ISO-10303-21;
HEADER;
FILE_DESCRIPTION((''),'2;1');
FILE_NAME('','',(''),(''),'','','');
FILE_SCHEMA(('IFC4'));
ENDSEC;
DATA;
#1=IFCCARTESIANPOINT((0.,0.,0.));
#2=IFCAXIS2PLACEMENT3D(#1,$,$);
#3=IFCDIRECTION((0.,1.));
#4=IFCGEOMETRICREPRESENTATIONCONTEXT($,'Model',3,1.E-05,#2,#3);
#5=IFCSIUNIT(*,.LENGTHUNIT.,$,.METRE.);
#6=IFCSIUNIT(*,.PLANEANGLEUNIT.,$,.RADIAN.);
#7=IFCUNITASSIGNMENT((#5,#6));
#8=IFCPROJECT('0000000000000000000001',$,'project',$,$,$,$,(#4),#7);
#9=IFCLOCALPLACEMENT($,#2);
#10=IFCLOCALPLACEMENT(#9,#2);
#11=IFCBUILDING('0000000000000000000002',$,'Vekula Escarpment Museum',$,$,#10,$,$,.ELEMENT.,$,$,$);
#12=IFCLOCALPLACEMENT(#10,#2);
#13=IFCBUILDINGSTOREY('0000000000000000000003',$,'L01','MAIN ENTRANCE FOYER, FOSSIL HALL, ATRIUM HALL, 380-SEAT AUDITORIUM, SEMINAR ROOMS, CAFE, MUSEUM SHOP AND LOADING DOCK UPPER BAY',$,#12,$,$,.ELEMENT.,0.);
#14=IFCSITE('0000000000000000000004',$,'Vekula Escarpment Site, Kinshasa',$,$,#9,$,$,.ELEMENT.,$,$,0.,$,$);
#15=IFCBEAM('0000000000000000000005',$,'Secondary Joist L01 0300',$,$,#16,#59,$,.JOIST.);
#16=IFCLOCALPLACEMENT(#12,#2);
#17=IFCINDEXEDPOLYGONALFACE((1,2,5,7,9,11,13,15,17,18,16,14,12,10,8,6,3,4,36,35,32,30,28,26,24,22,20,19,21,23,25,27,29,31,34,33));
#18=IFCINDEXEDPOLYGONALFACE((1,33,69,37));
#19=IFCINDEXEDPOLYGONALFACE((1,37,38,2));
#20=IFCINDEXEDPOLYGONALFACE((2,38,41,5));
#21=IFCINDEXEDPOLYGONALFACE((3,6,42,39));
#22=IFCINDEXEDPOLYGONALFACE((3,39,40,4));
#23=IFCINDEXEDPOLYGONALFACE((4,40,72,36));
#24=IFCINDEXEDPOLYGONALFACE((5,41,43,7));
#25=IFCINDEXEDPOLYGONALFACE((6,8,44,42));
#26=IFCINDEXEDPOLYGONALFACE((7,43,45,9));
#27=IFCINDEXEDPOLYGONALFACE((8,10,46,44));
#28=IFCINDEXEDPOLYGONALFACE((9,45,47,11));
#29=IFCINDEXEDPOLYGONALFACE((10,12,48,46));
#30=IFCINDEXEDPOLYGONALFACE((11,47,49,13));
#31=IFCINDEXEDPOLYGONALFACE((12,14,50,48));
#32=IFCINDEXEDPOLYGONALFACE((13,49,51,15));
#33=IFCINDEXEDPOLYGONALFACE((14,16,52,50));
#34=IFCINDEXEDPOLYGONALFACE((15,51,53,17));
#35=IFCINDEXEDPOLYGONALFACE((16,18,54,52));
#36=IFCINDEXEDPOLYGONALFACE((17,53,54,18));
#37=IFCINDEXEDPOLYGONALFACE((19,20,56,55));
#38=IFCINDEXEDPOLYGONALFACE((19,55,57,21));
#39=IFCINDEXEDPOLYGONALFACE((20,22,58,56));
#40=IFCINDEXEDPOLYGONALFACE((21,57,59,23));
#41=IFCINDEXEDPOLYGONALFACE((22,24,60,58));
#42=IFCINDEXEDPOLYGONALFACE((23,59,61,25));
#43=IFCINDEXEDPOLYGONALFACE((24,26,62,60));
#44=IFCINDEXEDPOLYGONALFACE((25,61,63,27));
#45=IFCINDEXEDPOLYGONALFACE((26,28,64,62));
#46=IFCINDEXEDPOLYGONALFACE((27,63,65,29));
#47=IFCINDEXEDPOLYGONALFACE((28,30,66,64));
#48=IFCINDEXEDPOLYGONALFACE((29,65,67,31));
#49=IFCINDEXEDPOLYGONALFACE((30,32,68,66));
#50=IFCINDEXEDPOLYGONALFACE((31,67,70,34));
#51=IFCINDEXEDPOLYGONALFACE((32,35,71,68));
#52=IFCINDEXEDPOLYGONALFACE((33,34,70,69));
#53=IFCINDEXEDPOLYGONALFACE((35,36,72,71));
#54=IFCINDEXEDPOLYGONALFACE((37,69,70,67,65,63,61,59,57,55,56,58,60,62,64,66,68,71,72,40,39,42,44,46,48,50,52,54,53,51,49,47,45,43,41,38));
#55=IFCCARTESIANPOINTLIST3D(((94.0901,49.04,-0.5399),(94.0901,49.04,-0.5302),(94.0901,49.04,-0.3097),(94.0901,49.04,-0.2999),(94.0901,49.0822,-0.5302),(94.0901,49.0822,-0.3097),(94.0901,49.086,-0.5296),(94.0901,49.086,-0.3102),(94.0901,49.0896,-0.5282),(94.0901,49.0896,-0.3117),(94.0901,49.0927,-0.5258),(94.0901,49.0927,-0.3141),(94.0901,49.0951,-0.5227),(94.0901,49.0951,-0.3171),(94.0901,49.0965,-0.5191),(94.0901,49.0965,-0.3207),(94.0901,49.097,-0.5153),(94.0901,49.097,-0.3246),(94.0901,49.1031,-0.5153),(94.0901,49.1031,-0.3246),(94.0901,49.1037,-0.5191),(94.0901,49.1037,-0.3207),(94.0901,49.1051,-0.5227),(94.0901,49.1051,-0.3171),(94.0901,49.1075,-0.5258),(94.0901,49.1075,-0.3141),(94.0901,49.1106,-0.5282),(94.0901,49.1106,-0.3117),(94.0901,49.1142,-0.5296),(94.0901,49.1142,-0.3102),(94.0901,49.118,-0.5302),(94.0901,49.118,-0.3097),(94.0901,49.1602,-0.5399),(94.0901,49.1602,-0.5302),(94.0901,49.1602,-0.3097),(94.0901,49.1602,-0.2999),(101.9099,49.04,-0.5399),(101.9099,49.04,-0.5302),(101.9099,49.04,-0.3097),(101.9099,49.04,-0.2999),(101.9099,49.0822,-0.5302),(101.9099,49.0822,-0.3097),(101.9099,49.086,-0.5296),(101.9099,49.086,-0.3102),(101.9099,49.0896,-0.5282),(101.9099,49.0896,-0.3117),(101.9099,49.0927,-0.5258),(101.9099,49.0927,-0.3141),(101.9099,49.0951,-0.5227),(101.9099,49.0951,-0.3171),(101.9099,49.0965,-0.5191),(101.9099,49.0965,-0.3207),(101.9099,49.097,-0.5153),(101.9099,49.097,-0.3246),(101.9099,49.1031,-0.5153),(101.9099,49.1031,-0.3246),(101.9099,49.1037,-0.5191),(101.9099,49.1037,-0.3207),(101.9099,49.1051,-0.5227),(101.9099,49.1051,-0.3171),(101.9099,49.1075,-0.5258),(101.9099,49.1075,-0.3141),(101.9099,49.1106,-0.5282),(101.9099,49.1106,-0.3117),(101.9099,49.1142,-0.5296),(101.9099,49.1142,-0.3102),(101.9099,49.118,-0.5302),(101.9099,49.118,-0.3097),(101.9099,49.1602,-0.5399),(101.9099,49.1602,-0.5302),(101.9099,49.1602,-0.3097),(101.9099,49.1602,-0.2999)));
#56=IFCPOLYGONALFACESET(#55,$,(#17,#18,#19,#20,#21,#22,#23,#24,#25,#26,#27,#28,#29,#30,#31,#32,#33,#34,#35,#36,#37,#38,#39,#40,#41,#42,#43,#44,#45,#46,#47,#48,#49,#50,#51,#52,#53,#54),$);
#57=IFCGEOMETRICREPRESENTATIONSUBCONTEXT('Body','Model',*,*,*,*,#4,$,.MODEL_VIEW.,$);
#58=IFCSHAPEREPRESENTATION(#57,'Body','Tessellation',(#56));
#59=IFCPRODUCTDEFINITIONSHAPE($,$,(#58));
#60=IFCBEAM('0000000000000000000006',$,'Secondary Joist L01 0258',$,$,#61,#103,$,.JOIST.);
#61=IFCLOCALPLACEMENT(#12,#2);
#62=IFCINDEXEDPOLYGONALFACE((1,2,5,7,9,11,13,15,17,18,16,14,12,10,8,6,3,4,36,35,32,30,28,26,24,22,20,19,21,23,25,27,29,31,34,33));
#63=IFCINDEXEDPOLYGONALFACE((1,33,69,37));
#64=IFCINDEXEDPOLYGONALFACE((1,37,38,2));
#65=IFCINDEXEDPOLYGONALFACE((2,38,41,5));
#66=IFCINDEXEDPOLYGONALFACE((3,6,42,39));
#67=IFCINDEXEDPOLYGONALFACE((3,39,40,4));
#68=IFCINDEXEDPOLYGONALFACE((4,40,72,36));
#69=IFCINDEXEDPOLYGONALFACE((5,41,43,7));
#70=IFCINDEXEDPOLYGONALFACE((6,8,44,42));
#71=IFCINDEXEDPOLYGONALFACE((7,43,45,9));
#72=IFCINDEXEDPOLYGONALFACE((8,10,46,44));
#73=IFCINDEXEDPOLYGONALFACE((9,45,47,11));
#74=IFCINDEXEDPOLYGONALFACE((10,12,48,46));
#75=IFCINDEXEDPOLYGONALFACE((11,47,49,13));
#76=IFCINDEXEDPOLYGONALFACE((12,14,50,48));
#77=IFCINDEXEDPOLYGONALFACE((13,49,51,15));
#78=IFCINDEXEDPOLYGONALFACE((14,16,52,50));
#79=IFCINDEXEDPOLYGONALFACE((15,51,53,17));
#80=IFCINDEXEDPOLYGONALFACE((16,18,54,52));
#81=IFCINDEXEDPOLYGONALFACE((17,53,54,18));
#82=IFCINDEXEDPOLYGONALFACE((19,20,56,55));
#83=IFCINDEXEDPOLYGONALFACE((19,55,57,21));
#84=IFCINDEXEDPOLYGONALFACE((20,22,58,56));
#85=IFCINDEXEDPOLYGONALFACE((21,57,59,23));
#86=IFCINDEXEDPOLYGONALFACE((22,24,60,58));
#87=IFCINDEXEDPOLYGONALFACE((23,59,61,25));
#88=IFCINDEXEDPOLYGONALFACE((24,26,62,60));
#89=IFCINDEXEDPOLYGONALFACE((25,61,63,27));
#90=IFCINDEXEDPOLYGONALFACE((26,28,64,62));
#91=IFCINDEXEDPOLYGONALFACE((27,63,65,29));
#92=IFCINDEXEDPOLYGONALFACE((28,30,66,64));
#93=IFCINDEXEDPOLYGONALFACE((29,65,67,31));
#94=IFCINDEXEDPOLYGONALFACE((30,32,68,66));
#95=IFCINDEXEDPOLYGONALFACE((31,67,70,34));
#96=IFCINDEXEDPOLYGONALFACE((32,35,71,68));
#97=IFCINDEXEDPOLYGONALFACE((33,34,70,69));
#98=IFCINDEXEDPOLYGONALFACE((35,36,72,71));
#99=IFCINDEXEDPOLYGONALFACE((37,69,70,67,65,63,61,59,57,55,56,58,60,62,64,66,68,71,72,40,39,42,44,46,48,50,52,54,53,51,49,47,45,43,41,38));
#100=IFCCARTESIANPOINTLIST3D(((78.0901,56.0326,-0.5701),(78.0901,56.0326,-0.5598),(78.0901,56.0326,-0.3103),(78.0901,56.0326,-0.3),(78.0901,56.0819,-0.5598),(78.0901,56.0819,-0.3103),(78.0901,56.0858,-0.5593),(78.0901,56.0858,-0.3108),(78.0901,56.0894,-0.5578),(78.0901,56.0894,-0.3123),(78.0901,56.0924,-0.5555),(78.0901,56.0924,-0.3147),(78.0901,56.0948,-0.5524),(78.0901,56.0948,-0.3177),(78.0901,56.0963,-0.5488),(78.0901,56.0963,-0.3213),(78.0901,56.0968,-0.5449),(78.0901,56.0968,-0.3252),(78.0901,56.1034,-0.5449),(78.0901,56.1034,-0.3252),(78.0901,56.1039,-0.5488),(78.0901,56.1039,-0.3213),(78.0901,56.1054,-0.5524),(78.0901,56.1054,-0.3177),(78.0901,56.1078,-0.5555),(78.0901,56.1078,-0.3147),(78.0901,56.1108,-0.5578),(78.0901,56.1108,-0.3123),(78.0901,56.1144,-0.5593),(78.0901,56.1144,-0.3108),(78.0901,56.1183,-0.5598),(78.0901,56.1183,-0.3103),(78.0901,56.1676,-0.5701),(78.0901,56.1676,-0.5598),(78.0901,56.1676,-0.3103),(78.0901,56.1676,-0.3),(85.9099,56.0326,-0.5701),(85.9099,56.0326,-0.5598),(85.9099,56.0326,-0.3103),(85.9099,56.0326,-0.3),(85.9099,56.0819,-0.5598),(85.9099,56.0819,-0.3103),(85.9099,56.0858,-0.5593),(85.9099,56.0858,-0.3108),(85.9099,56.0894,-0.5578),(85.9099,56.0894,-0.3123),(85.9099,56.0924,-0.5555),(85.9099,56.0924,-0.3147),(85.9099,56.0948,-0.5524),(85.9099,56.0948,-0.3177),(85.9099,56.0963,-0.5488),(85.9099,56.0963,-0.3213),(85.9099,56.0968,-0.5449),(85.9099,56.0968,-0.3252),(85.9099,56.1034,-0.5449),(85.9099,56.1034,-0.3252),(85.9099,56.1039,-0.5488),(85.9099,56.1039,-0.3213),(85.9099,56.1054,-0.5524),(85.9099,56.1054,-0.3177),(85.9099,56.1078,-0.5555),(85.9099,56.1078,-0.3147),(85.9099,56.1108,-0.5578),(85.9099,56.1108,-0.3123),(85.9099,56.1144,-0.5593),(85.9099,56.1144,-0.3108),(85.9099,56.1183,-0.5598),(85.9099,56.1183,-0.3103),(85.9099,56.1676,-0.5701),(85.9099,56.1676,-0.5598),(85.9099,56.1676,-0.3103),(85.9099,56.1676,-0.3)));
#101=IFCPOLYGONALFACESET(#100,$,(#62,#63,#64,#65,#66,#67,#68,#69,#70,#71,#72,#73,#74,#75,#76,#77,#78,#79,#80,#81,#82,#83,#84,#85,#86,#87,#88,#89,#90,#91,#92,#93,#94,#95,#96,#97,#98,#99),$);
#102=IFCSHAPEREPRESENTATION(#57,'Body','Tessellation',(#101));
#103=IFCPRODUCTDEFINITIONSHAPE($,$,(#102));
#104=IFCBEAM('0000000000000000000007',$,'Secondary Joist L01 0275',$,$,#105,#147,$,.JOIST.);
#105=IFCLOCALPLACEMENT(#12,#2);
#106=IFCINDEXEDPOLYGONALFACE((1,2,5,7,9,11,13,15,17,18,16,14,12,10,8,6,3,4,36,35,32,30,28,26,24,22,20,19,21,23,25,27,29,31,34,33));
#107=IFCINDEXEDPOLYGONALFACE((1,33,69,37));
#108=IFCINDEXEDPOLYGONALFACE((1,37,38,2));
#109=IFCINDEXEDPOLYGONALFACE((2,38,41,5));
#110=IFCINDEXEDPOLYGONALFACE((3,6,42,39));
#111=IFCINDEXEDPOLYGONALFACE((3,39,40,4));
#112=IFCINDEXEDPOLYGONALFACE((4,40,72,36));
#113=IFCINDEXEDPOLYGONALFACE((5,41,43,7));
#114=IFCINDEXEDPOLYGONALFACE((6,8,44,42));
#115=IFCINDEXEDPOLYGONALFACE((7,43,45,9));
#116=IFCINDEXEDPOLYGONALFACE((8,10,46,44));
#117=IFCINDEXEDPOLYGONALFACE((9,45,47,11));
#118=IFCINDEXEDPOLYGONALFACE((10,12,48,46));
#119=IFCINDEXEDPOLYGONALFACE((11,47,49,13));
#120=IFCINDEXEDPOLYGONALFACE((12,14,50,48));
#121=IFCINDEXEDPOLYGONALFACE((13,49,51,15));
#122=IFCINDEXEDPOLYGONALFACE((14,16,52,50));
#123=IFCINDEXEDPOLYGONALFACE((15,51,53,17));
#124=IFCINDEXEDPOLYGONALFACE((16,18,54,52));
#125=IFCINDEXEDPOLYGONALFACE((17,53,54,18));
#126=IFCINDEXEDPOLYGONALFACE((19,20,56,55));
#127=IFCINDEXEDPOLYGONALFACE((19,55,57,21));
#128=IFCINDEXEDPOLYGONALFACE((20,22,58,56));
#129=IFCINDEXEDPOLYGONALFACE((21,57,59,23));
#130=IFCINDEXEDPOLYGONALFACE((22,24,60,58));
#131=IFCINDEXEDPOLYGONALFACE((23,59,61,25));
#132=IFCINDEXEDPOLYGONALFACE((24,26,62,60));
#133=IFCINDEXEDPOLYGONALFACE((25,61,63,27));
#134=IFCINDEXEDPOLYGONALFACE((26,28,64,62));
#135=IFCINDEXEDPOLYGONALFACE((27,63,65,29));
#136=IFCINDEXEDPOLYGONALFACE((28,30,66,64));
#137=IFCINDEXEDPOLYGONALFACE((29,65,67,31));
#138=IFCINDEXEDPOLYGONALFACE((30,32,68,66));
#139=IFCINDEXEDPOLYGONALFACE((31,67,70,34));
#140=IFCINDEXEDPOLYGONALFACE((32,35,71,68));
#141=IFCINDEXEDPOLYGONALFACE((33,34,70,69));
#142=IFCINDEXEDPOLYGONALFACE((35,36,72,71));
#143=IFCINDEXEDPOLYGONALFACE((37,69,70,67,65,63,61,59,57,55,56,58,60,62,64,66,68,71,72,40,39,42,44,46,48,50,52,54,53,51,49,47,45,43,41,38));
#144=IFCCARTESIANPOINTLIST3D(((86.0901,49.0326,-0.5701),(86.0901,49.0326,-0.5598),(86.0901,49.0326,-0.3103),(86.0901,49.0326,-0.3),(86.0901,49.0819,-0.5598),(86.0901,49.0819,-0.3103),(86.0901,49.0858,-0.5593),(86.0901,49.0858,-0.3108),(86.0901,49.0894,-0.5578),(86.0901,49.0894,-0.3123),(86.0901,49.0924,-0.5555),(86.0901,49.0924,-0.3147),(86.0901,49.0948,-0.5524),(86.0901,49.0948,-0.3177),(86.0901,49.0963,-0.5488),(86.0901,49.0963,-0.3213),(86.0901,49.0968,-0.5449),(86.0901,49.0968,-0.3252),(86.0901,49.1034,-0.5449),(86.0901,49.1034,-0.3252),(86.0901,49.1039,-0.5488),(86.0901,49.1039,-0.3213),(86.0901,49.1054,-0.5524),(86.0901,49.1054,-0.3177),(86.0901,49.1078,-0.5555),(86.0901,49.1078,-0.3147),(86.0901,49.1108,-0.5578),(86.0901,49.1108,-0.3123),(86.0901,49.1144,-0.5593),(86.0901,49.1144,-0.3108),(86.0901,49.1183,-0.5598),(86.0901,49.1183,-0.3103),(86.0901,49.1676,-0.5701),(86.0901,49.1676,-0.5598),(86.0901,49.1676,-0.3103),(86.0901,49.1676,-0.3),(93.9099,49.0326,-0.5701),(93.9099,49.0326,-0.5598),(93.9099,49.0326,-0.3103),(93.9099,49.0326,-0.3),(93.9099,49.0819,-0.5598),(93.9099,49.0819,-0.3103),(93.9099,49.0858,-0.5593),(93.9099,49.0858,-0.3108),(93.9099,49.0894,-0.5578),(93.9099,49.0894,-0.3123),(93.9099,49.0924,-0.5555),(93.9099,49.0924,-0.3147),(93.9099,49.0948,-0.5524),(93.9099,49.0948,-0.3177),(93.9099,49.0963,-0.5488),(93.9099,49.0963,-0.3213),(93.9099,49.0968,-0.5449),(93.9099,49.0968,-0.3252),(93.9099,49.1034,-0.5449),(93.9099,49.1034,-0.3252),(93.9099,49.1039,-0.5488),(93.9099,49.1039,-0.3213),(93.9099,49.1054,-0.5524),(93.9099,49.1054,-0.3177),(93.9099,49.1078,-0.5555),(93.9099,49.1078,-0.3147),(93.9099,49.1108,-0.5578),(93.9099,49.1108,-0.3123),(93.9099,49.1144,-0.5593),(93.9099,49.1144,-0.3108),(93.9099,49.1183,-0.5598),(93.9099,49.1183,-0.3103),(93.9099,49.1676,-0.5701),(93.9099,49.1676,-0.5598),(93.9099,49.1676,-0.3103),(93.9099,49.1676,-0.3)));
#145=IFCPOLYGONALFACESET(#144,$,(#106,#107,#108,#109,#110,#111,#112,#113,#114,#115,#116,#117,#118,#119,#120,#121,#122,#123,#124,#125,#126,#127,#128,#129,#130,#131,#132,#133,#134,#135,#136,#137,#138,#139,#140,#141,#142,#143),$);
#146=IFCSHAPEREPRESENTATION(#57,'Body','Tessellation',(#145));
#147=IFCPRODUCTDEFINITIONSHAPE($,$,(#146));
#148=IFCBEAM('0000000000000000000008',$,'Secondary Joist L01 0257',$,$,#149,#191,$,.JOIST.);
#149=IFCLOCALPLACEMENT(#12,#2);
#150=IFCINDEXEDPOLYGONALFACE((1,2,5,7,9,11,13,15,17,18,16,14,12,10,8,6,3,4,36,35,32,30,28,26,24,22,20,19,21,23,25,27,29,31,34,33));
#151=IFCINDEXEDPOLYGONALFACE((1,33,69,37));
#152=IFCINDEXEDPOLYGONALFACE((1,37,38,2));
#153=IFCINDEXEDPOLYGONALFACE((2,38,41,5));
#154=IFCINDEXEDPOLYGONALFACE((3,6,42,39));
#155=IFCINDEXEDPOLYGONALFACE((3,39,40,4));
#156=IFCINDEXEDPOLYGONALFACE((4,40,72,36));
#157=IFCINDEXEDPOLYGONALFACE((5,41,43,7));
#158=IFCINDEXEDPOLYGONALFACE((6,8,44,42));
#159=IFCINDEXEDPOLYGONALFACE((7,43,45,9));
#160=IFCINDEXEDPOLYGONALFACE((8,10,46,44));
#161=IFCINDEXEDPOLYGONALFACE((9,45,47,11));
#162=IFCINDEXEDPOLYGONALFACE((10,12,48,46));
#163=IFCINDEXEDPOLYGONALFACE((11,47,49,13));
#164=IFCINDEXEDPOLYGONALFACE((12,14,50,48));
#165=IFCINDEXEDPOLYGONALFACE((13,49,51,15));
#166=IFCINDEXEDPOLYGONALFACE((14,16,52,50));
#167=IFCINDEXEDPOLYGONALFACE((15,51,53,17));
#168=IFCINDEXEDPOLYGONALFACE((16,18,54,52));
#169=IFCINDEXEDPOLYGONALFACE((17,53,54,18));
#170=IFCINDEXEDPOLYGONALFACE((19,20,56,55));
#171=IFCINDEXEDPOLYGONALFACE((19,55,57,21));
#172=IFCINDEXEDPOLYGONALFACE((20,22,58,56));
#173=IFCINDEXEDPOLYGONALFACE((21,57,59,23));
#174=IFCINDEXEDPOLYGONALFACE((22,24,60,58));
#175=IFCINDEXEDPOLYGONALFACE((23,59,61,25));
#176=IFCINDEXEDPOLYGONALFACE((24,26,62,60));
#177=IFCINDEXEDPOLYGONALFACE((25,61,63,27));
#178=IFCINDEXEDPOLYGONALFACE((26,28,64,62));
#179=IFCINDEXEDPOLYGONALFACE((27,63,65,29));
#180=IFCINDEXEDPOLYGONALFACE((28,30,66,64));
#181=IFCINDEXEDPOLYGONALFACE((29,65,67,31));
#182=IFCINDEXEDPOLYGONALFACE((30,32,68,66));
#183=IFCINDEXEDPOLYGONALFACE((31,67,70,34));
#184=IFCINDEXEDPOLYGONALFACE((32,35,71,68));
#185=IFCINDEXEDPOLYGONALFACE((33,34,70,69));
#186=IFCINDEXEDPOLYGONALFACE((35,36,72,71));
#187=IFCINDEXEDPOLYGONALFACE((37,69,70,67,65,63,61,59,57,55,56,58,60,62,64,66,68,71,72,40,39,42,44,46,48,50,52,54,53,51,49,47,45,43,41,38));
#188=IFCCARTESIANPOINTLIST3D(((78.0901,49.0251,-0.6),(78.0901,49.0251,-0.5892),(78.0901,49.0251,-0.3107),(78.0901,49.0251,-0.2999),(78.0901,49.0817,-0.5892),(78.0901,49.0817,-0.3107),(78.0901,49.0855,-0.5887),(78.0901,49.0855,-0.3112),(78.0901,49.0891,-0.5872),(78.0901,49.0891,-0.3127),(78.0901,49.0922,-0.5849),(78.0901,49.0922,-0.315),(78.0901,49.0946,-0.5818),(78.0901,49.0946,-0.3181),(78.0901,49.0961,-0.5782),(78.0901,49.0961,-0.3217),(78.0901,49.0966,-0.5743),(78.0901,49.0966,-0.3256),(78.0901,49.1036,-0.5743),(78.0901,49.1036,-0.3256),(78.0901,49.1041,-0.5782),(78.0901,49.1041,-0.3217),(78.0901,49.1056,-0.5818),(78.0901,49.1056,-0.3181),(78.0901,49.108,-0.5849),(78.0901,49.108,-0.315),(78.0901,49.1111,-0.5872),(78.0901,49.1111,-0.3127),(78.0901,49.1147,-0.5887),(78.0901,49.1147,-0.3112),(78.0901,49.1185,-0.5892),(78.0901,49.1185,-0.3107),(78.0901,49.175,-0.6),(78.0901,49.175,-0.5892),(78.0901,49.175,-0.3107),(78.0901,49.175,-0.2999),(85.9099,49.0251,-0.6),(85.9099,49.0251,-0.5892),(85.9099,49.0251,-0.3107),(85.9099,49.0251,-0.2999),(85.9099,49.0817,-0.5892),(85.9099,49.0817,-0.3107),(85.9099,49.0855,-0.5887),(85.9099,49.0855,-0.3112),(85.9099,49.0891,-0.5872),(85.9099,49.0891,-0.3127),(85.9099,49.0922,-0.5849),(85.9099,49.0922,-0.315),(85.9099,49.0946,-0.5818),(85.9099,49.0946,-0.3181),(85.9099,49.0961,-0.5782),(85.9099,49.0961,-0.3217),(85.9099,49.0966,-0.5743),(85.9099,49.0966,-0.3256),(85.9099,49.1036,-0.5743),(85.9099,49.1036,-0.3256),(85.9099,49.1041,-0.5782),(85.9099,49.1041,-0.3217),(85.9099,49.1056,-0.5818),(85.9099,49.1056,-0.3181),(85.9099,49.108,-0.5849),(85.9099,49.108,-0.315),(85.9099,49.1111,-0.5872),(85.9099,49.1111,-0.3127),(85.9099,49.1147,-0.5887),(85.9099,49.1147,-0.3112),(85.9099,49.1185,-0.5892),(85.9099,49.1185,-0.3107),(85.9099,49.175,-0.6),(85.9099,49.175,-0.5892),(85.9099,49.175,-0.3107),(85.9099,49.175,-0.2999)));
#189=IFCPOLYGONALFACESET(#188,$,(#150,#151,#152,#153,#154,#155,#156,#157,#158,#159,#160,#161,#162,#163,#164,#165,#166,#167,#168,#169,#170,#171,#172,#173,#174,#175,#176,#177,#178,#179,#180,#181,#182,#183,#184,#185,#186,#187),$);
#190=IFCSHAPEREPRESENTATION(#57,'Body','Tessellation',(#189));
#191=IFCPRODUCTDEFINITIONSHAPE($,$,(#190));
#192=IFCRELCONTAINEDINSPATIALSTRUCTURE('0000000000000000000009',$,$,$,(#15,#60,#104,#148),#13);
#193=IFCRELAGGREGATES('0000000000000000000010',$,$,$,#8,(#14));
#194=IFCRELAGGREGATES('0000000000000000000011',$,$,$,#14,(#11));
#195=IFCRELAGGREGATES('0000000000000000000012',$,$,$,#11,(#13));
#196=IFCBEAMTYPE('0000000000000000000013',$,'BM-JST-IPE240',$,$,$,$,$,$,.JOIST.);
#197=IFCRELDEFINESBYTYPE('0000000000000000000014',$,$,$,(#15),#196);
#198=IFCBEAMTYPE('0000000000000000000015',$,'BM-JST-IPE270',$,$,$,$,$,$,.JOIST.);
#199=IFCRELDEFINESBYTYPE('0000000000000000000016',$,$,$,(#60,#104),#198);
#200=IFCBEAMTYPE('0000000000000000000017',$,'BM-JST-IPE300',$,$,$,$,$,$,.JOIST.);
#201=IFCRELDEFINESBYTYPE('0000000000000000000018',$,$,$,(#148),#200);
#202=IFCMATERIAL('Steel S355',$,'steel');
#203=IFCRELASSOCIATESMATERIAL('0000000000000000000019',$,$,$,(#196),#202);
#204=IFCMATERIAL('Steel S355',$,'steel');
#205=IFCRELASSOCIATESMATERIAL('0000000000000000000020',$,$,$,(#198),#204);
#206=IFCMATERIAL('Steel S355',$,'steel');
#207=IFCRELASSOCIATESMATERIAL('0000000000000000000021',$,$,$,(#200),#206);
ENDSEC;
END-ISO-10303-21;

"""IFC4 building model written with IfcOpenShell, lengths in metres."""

from ifc_helpers import new_model, si_unit, direction, frame, origin, origin_2d, place, context, subcontext, project, spatial, i_section, extrude, material, material_profile, profile_set, type_object, element, save


model = new_model("IFC4")

# Units and contexts
model_context = context("Model", 3, precision=1e-05, world=origin(), true_north=direction((0.0, 1.0)))
body_context = subcontext(model_context, "Body", "Model", "MODEL_VIEW")
ifc_project = project(units=[si_unit("LENGTHUNIT", "METRE"), si_unit("PLANEANGLEUNIT", "RADIAN")], contexts=[model_context])

# Site, building, storey
site_placement = place(None, origin())
site = spatial("IfcSite", under=ifc_project, at=site_placement, Name="Vekula Escarpment Site, Kinshasa", CompositionType="ELEMENT", RefElevation=0.0)
building_placement = place(site_placement, origin())
building = spatial("IfcBuilding", under=site, at=building_placement, Name="Vekula Escarpment Museum", CompositionType="ELEMENT")
storey_placement = place(building_placement, origin())
storey = spatial("IfcBuildingStorey", under=building, at=storey_placement, Name="L01", Description="MAIN ENTRANCE FOYER, FOSSIL HALL, ATRIUM HALL, 380-SEAT AUDITORIUM, SEMINAR ROOMS, CAFE, MUSEUM SHOP AND LOADING DOCK UPPER BAY", CompositionType="ELEMENT", Elevation=0.0)

# Beams
ifc_material_1 = material(Name="Steel S355", Category="steel")
ifc_material_profile_1 = material_profile(ifc_material_1, i_section(OverallWidth=0.1201, OverallDepth=0.24, WebThickness=0.0061, FlangeThickness=0.0098, FilletRadius=0.0149, at=origin_2d()), Name="IPE 240")
ifc_profile_set_1 = profile_set([ifc_material_profile_1], Name="Steel S355")
beam_type_1 = type_object("IfcBeamType", Name="BM-JST-IPE240", PredefinedType="JOIST", material=ifc_profile_set_1)
for number, where, z_axis, x_axis, name in (
    (1, (94.0901, 49.1001, -0.4199), (1.0, 0.0, 0.0), (0.0, 1.0, 0.0), "Secondary Joist L01 0300"),
):
    element("IfcBeam", number, at=place(storey_placement, frame(where, z_axis=z_axis, x_axis=x_axis)), inside=storey, type_object=beam_type_1, Name=name, PredefinedType="JOIST", context=body_context, shape_type="SweptSolid", body=[
        extrude(i_section(OverallWidth=0.1201, OverallDepth=0.24, WebThickness=0.0061, FlangeThickness=0.0098, FilletRadius=0.0149, at=origin_2d()), origin(), (0.0, 0.0, 1.0), 7.8198),
    ])
ifc_material_2 = material(Name="Steel S355", Category="steel")
ifc_material_profile_2 = material_profile(ifc_material_2, i_section(OverallWidth=0.135, OverallDepth=0.27, WebThickness=0.0066, FlangeThickness=0.0103, FilletRadius=0.0149, at=origin_2d()), Name="IPE 270")
ifc_profile_set_2 = profile_set([ifc_material_profile_2], Name="Steel S355")
beam_type_2 = type_object("IfcBeamType", Name="BM-JST-IPE270", PredefinedType="JOIST", material=ifc_profile_set_2)
for number, where, z_axis, x_axis, name in (
    (2, (78.0901, 56.1001, -0.4351), (1.0, 0.0, 0.0), (0.0, 1.0, 0.0), "Secondary Joist L01 0258"),
    (3, (86.0901, 49.1001, -0.4351), (1.0, 0.0, 0.0), (0.0, 1.0, 0.0), "Secondary Joist L01 0275"),
):
    element("IfcBeam", number, at=place(storey_placement, frame(where, z_axis=z_axis, x_axis=x_axis)), inside=storey, type_object=beam_type_2, Name=name, PredefinedType="JOIST", context=body_context, shape_type="SweptSolid", body=[
        extrude(i_section(OverallWidth=0.135, OverallDepth=0.27, WebThickness=0.0066, FlangeThickness=0.0103, FilletRadius=0.0149, at=origin_2d()), origin(), (0.0, 0.0, 1.0), 7.8198),
    ])
ifc_material_3 = material(Name="Steel S355", Category="steel")
ifc_material_profile_3 = material_profile(ifc_material_3, i_section(OverallWidth=0.1499, OverallDepth=0.3, WebThickness=0.0071, FlangeThickness=0.0107, FilletRadius=0.0149, at=origin_2d()), Name="IPE 300")
ifc_profile_set_3 = profile_set([ifc_material_profile_3], Name="Steel S355")
beam_type_3 = type_object("IfcBeamType", Name="BM-JST-IPE300", PredefinedType="JOIST", material=ifc_profile_set_3)
beam_1_placement = place(storey_placement, frame((78.0901, 49.1001, -0.45), z_axis=(1.0, 0.0, 0.0), x_axis=(0.0, 1.0, 0.0)))
element("IfcBeam", 4, at=beam_1_placement, inside=storey, type_object=beam_type_3, Name="Secondary Joist L01 0257", PredefinedType="JOIST", context=body_context, shape_type="SweptSolid", body=[
    extrude(i_section(OverallWidth=0.1499, OverallDepth=0.3, WebThickness=0.0071, FlangeThickness=0.0107, FilletRadius=0.0149, at=origin_2d()), origin(), (0.0, 0.0, 1.0), 7.8198),
])

save(model, "model.ifc")
